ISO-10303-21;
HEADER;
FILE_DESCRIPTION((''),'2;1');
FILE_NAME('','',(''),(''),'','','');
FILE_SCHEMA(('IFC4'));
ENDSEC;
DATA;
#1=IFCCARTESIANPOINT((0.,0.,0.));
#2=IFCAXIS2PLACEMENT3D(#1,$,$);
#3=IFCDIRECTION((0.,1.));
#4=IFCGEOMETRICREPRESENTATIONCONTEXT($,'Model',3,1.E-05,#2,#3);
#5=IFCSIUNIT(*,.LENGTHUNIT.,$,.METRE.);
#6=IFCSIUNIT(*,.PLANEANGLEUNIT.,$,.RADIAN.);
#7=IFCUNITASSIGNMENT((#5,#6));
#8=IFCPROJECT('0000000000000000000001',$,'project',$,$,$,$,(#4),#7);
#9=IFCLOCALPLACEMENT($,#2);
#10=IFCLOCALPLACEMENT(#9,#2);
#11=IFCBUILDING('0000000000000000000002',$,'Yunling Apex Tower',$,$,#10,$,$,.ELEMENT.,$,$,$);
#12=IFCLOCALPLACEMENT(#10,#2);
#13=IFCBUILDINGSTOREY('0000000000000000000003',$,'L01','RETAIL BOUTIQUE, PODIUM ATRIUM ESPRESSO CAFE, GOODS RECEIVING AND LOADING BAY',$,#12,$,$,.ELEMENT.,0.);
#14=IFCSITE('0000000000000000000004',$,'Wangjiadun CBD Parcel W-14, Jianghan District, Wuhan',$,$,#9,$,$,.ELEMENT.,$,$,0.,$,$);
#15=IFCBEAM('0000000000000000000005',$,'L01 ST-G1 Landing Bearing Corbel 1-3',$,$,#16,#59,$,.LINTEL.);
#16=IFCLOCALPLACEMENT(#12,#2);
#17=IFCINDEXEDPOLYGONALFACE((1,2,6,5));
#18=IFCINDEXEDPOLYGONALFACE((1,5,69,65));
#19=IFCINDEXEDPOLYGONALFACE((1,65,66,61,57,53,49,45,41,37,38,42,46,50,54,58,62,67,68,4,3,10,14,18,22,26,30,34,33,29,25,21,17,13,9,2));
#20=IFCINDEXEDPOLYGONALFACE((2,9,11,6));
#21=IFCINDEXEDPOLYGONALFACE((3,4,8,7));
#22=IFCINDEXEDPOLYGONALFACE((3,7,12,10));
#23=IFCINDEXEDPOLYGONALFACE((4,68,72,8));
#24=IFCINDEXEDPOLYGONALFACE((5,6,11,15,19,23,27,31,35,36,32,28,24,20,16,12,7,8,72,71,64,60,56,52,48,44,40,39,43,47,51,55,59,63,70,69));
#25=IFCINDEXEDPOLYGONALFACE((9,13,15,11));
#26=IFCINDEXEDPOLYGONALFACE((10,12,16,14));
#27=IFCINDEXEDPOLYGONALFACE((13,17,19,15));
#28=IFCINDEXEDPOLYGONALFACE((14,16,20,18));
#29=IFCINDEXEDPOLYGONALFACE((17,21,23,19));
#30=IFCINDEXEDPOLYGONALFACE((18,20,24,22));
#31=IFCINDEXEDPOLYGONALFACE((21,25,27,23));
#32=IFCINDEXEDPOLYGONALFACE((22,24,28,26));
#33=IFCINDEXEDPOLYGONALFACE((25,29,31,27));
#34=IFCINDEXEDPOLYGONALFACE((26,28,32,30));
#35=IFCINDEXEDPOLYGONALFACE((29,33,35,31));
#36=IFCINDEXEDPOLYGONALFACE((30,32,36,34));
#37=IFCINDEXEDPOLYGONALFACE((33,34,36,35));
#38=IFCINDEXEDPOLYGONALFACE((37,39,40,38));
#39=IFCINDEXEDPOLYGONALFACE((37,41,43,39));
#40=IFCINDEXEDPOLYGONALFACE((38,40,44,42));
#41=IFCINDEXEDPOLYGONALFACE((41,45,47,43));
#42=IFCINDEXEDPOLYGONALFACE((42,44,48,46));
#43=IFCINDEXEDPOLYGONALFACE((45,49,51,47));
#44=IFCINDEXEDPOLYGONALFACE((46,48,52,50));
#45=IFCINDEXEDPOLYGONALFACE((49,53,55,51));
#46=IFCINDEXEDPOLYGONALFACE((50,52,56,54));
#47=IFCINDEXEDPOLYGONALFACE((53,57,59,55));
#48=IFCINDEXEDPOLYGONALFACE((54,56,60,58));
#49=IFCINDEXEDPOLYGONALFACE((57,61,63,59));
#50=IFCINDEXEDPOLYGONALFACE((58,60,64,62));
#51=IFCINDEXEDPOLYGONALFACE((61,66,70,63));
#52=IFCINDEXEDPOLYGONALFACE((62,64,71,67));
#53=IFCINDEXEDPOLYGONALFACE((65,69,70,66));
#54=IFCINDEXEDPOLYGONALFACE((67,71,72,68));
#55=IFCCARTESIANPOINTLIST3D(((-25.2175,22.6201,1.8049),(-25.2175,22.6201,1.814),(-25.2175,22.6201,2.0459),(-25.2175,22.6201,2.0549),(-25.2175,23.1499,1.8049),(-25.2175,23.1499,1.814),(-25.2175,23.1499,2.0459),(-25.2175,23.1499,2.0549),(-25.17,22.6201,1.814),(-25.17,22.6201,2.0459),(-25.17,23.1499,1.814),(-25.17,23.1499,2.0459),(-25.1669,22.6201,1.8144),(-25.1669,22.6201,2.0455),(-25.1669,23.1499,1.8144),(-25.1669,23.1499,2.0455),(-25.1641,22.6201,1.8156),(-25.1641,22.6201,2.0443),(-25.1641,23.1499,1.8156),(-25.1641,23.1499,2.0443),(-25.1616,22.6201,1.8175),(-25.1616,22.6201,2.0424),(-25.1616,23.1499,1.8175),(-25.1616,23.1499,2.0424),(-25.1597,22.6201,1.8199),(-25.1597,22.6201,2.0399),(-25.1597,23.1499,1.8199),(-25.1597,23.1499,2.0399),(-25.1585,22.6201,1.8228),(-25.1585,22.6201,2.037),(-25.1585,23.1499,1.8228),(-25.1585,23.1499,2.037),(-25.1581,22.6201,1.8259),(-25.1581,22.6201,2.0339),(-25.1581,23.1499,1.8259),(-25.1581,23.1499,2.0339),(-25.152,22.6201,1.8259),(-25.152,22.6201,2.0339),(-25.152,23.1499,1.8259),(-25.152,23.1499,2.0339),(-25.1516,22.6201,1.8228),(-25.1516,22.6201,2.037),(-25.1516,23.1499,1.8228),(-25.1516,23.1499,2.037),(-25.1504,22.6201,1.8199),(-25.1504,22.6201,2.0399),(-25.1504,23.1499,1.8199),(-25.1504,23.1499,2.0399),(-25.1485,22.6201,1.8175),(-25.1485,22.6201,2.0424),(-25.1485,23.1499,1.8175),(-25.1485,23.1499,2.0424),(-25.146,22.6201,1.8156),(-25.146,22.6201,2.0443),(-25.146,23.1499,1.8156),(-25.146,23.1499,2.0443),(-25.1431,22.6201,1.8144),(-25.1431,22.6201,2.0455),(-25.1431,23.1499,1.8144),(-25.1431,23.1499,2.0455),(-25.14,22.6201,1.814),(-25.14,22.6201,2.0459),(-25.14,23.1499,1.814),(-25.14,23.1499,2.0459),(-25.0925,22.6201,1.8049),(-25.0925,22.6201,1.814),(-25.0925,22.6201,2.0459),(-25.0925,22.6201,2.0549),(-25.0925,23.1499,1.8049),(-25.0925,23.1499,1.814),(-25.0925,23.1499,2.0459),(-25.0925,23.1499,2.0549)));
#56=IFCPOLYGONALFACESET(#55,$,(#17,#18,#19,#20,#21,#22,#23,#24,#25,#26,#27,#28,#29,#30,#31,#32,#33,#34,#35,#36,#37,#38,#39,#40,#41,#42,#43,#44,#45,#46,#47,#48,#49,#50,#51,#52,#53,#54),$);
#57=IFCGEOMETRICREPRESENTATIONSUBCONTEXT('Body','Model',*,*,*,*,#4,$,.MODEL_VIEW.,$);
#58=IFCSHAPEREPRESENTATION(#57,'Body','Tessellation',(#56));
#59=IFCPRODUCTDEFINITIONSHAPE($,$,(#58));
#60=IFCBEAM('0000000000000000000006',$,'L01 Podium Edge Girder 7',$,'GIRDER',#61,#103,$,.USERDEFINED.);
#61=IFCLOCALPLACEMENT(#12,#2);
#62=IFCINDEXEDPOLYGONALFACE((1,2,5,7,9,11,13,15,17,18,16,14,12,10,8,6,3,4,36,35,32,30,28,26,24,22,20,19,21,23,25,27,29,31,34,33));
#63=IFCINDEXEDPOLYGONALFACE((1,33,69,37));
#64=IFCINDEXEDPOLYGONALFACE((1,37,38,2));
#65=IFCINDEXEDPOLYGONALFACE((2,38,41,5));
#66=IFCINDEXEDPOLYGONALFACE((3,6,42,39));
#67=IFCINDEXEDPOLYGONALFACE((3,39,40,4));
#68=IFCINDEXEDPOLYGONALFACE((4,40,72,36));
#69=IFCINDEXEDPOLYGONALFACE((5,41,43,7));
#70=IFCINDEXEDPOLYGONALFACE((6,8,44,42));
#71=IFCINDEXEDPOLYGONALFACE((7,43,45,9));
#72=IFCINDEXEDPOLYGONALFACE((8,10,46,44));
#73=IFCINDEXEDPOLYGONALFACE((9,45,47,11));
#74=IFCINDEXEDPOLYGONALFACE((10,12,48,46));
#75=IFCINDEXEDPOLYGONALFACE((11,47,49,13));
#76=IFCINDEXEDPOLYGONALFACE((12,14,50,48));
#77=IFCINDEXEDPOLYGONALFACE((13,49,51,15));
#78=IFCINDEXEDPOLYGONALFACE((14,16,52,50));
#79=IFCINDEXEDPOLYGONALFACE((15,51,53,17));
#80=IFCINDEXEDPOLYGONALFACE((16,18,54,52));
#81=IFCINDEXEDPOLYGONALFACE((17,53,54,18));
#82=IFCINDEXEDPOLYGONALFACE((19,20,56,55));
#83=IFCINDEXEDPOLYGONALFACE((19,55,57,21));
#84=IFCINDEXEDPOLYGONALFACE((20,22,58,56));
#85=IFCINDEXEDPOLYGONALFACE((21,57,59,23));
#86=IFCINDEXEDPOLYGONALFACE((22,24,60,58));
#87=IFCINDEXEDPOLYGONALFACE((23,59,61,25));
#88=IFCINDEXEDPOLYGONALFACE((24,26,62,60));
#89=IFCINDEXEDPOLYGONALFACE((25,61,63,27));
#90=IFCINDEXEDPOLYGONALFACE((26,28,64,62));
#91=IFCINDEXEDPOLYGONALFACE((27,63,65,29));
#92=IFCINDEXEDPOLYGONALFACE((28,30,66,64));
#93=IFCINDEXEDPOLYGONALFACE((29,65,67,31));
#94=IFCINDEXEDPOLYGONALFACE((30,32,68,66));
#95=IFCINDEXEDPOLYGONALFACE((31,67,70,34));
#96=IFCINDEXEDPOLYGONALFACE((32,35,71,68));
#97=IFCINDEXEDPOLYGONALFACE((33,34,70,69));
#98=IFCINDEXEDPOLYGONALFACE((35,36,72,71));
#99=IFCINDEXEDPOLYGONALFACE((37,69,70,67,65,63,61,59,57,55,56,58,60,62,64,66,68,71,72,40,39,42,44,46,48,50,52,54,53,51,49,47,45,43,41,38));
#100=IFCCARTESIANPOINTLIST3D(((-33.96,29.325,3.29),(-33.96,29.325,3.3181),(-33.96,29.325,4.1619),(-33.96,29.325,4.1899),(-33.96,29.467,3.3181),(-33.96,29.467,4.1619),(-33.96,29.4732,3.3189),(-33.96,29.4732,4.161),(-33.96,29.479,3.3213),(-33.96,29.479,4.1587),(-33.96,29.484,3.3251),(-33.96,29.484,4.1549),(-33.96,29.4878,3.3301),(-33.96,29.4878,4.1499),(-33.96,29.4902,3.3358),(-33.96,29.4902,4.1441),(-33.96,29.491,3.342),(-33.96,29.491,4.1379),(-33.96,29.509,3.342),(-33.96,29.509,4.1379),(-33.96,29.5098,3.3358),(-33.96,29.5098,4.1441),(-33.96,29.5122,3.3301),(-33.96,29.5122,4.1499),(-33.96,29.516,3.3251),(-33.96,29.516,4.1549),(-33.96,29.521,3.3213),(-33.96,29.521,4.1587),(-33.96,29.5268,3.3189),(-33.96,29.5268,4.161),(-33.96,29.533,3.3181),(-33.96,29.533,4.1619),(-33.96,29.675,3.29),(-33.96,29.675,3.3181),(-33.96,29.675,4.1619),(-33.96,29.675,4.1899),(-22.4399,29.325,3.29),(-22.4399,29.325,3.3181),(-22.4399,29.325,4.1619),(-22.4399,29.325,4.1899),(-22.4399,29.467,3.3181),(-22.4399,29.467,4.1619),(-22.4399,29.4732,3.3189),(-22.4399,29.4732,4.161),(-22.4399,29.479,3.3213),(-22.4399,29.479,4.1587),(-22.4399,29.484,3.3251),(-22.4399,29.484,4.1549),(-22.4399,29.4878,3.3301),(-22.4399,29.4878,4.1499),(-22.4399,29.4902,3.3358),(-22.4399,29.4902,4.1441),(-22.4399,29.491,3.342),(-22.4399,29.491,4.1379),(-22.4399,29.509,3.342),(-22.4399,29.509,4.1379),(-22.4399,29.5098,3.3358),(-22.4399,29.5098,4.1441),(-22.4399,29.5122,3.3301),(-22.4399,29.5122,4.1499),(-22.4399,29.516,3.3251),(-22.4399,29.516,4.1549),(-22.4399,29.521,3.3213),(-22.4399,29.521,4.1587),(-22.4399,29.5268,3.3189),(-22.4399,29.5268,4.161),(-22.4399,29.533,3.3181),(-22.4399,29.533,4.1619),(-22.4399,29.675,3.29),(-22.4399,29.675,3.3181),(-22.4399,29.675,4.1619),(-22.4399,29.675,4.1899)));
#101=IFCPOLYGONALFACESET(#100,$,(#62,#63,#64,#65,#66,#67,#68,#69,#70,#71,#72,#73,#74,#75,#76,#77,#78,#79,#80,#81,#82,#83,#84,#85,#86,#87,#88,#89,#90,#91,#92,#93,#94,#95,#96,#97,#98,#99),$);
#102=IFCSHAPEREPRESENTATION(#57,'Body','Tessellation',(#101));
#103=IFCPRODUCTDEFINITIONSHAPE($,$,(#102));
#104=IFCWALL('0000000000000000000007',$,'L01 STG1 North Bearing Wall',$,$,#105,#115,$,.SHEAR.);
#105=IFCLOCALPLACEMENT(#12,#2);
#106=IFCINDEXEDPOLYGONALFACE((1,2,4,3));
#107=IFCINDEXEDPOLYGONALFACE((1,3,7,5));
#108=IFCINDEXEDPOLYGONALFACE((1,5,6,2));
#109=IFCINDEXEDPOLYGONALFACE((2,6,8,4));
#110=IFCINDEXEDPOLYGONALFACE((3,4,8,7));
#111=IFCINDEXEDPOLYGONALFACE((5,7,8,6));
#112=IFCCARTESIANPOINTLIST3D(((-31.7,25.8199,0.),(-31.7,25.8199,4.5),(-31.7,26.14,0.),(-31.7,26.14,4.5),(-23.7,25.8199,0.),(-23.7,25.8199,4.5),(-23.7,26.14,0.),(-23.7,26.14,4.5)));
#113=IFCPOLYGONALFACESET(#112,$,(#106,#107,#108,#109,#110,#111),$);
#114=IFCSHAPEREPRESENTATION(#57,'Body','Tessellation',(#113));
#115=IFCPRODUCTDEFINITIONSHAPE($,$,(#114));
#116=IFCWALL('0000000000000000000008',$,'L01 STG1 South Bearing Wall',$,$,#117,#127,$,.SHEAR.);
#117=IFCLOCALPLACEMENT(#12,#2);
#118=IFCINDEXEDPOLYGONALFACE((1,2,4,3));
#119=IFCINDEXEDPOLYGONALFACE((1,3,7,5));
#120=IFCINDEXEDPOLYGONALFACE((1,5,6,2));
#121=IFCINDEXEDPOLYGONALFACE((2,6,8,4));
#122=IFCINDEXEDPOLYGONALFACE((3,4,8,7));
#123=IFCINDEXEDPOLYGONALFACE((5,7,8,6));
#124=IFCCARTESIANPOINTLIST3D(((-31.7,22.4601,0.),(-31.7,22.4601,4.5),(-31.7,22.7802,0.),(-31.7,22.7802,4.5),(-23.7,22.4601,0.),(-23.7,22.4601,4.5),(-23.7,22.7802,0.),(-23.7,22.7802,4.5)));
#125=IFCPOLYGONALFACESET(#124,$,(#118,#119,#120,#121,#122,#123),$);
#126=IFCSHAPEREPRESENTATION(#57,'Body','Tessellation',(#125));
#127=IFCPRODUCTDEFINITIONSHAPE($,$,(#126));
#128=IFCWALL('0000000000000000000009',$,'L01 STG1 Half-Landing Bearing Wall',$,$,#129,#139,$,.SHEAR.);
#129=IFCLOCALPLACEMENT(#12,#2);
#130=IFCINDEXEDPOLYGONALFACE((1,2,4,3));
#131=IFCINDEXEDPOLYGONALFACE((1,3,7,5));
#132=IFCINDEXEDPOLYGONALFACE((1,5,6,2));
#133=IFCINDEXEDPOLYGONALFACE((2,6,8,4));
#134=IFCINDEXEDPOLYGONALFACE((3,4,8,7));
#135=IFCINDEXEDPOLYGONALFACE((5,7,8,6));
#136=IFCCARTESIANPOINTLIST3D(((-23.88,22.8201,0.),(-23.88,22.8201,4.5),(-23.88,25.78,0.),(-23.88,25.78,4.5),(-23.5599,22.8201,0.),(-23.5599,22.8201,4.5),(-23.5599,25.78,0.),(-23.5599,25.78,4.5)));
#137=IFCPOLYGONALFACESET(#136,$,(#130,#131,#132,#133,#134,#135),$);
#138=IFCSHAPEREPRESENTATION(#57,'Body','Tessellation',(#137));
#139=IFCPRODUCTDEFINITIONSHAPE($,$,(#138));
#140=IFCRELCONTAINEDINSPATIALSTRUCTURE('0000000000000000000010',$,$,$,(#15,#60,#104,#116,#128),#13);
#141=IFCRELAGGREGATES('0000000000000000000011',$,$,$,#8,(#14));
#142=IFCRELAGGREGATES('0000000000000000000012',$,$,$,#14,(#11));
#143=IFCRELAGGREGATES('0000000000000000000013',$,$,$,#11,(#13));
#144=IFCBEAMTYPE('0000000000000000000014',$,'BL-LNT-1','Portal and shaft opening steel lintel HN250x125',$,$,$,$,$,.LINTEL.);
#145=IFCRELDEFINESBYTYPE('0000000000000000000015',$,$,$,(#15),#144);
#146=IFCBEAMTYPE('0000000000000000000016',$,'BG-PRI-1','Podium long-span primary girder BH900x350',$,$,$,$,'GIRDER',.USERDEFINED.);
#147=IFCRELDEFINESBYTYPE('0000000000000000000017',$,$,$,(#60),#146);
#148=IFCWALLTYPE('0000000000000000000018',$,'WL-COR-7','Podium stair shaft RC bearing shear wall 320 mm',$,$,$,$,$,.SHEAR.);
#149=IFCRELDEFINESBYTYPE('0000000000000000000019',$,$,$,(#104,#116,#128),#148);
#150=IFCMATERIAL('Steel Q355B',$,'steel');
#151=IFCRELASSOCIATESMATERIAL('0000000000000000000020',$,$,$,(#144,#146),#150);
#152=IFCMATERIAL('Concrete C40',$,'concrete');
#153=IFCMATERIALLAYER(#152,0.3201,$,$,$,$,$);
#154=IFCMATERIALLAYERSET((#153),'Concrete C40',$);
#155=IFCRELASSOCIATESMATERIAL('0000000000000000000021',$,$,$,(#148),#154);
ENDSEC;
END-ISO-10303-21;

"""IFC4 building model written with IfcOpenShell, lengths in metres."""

from ifc_helpers import new_model, si_unit, direction, frame, frame_2d, origin, origin_2d, place, context, subcontext, project, spatial, rectangle, i_section, extrude, source, transform, mapped, material, layer, layer_set, material_profile, profile_set, type_object, element, save


model = new_model("IFC4")

# Units and contexts
model_context = context("Model", 3, precision=1e-05, world=origin(), true_north=direction((0.0, 1.0)))
body_context = subcontext(model_context, "Body", "Model", "MODEL_VIEW")
ifc_project = project(units=[si_unit("LENGTHUNIT", "METRE"), si_unit("PLANEANGLEUNIT", "RADIAN")], contexts=[model_context])

# Site, building, storey
site_placement = place(None, origin())
site = spatial("IfcSite", under=ifc_project, at=site_placement, Name="Wangjiadun CBD Parcel W-14, Jianghan District, Wuhan", CompositionType="ELEMENT", RefElevation=0.0)
building_placement = place(site_placement, origin())
building = spatial("IfcBuilding", under=site, at=building_placement, Name="Yunling Apex Tower", CompositionType="ELEMENT")
storey_placement = place(building_placement, origin())
storey = spatial("IfcBuildingStorey", under=building, at=storey_placement, Name="L01", Description="RETAIL BOUTIQUE, PODIUM ATRIUM ESPRESSO CAFE, GOODS RECEIVING AND LOADING BAY", CompositionType="ELEMENT", Elevation=0.0)

# Beams
ifc_material_1 = material(Name="Steel Q355B", Category="steel")
ifc_material_profile_1 = material_profile(ifc_material_1, i_section(OverallWidth=0.125, OverallDepth=0.25, WebThickness=0.0061, FlangeThickness=0.009, FilletRadius=0.012, at=origin_2d()))
ifc_profile_set_1 = profile_set([ifc_material_profile_1], Name="Steel Q355B")
beam_type_1 = type_object("IfcBeamType", Name="BL-LNT-1", Description="Portal and shaft opening steel lintel HN250x125", PredefinedType="LINTEL", material=ifc_profile_set_1)
shared_shape_1 = source(origin(), body_context, "Body", "SweptSolid", [
    extrude(i_section(OverallWidth=0.125, OverallDepth=0.25, WebThickness=0.0061, FlangeThickness=0.009, FilletRadius=0.012, at=origin_2d()), origin(), (0.0, 0.0, 1.0), 0.5298),
])
beam_1_placement = place(storey_placement, frame((-25.155, 22.6201, 1.9299), z_axis=(0.0, 1.0, 0.0), x_axis=(-1.0, 0.0, 0.0)))
element("IfcBeam", 1, at=beam_1_placement, inside=storey, type_object=beam_type_1, Name="L01 ST-G1 Landing Bearing Corbel 1-3", PredefinedType="LINTEL", context=body_context, shape_type="MappedRepresentation", body=[
    mapped(shared_shape_1, transform((0.0, 0.0, 0.0), scale=1.0)),
])
ifc_material_profile_2 = material_profile(ifc_material_1, i_section(OverallWidth=0.3501, OverallDepth=0.8999, WebThickness=0.0181, FlangeThickness=0.0281, FilletRadius=0.0239, at=origin_2d()))
ifc_profile_set_2 = profile_set([ifc_material_profile_2], Name="Steel Q355B")
beam_type_2 = type_object("IfcBeamType", Name="BG-PRI-1", Description="Podium long-span primary girder BH900x350", ElementType="GIRDER", PredefinedType="USERDEFINED", material=ifc_profile_set_2)
shared_shape_2 = source(origin(), body_context, "Body", "SweptSolid", [
    extrude(i_section(OverallWidth=0.3501, OverallDepth=0.8999, WebThickness=0.0181, FlangeThickness=0.0281, FilletRadius=0.0239, at=origin_2d()), origin(), (0.0, 0.0, 1.0), 11.52),
])
beam_2_placement = place(storey_placement, frame((-33.96, 29.5, 3.74), z_axis=(1.0, 0.0, 0.0), x_axis=(0.0, 1.0, 0.0)))
element("IfcBeam", 2, at=beam_2_placement, inside=storey, type_object=beam_type_2, Name="L01 Podium Edge Girder 7", ObjectType="GIRDER", PredefinedType="USERDEFINED", context=body_context, shape_type="MappedRepresentation", body=[
    mapped(shared_shape_2, transform((0.0, 0.0, 0.0), scale=1.0)),
])

# Walls
ifc_material_2 = material(Name="Concrete C40", Category="concrete")
ifc_layer_1 = layer(ifc_material_2, 0.3201)
ifc_layer_set_1 = layer_set([ifc_layer_1], Name="Concrete C40")
wall_type_1 = type_object("IfcWallType", Name="WL-COR-7", Description="Podium stair shaft RC bearing shear wall 320 mm", PredefinedType="SHEAR", material=ifc_layer_set_1)
for number, where, z_axis, x_axis, name in (
    (3, (-31.7, 25.98, 0.0), (0.0, 0.0, 1.0), (1.0, 0.0, 0.0), "L01 STG1 North Bearing Wall"),
    (4, (-31.7, 22.6201, 0.0), (0.0, 0.0, 1.0), (1.0, 0.0, 0.0), "L01 STG1 South Bearing Wall"),
):
    element("IfcWall", number, at=place(storey_placement, frame(where, z_axis=z_axis, x_axis=x_axis)), inside=storey, type_object=wall_type_1, Name=name, PredefinedType="SHEAR", context=body_context, shape_type="SweptSolid", body=[
        extrude(rectangle(XDim=8.0, YDim=0.3201, at=frame_2d((4.0, 0.0))), origin(), (0.0, 0.0, 1.0), 4.5),
    ])
wall_1_placement = place(storey_placement, frame((-23.72, 22.8201, 0.0), z_axis=(0.0, 0.0, 1.0), x_axis=(0.0, 1.0, 0.0)))
element("IfcWall", 5, at=wall_1_placement, inside=storey, type_object=wall_type_1, Name="L01 STG1 Half-Landing Bearing Wall", PredefinedType="SHEAR", context=body_context, shape_type="SweptSolid", body=[
    extrude(rectangle(XDim=2.96, YDim=0.3201, at=frame_2d((1.48, 0.0))), origin(), (0.0, 0.0, 1.0), 4.5),
])

save(model, "model.ifc")
